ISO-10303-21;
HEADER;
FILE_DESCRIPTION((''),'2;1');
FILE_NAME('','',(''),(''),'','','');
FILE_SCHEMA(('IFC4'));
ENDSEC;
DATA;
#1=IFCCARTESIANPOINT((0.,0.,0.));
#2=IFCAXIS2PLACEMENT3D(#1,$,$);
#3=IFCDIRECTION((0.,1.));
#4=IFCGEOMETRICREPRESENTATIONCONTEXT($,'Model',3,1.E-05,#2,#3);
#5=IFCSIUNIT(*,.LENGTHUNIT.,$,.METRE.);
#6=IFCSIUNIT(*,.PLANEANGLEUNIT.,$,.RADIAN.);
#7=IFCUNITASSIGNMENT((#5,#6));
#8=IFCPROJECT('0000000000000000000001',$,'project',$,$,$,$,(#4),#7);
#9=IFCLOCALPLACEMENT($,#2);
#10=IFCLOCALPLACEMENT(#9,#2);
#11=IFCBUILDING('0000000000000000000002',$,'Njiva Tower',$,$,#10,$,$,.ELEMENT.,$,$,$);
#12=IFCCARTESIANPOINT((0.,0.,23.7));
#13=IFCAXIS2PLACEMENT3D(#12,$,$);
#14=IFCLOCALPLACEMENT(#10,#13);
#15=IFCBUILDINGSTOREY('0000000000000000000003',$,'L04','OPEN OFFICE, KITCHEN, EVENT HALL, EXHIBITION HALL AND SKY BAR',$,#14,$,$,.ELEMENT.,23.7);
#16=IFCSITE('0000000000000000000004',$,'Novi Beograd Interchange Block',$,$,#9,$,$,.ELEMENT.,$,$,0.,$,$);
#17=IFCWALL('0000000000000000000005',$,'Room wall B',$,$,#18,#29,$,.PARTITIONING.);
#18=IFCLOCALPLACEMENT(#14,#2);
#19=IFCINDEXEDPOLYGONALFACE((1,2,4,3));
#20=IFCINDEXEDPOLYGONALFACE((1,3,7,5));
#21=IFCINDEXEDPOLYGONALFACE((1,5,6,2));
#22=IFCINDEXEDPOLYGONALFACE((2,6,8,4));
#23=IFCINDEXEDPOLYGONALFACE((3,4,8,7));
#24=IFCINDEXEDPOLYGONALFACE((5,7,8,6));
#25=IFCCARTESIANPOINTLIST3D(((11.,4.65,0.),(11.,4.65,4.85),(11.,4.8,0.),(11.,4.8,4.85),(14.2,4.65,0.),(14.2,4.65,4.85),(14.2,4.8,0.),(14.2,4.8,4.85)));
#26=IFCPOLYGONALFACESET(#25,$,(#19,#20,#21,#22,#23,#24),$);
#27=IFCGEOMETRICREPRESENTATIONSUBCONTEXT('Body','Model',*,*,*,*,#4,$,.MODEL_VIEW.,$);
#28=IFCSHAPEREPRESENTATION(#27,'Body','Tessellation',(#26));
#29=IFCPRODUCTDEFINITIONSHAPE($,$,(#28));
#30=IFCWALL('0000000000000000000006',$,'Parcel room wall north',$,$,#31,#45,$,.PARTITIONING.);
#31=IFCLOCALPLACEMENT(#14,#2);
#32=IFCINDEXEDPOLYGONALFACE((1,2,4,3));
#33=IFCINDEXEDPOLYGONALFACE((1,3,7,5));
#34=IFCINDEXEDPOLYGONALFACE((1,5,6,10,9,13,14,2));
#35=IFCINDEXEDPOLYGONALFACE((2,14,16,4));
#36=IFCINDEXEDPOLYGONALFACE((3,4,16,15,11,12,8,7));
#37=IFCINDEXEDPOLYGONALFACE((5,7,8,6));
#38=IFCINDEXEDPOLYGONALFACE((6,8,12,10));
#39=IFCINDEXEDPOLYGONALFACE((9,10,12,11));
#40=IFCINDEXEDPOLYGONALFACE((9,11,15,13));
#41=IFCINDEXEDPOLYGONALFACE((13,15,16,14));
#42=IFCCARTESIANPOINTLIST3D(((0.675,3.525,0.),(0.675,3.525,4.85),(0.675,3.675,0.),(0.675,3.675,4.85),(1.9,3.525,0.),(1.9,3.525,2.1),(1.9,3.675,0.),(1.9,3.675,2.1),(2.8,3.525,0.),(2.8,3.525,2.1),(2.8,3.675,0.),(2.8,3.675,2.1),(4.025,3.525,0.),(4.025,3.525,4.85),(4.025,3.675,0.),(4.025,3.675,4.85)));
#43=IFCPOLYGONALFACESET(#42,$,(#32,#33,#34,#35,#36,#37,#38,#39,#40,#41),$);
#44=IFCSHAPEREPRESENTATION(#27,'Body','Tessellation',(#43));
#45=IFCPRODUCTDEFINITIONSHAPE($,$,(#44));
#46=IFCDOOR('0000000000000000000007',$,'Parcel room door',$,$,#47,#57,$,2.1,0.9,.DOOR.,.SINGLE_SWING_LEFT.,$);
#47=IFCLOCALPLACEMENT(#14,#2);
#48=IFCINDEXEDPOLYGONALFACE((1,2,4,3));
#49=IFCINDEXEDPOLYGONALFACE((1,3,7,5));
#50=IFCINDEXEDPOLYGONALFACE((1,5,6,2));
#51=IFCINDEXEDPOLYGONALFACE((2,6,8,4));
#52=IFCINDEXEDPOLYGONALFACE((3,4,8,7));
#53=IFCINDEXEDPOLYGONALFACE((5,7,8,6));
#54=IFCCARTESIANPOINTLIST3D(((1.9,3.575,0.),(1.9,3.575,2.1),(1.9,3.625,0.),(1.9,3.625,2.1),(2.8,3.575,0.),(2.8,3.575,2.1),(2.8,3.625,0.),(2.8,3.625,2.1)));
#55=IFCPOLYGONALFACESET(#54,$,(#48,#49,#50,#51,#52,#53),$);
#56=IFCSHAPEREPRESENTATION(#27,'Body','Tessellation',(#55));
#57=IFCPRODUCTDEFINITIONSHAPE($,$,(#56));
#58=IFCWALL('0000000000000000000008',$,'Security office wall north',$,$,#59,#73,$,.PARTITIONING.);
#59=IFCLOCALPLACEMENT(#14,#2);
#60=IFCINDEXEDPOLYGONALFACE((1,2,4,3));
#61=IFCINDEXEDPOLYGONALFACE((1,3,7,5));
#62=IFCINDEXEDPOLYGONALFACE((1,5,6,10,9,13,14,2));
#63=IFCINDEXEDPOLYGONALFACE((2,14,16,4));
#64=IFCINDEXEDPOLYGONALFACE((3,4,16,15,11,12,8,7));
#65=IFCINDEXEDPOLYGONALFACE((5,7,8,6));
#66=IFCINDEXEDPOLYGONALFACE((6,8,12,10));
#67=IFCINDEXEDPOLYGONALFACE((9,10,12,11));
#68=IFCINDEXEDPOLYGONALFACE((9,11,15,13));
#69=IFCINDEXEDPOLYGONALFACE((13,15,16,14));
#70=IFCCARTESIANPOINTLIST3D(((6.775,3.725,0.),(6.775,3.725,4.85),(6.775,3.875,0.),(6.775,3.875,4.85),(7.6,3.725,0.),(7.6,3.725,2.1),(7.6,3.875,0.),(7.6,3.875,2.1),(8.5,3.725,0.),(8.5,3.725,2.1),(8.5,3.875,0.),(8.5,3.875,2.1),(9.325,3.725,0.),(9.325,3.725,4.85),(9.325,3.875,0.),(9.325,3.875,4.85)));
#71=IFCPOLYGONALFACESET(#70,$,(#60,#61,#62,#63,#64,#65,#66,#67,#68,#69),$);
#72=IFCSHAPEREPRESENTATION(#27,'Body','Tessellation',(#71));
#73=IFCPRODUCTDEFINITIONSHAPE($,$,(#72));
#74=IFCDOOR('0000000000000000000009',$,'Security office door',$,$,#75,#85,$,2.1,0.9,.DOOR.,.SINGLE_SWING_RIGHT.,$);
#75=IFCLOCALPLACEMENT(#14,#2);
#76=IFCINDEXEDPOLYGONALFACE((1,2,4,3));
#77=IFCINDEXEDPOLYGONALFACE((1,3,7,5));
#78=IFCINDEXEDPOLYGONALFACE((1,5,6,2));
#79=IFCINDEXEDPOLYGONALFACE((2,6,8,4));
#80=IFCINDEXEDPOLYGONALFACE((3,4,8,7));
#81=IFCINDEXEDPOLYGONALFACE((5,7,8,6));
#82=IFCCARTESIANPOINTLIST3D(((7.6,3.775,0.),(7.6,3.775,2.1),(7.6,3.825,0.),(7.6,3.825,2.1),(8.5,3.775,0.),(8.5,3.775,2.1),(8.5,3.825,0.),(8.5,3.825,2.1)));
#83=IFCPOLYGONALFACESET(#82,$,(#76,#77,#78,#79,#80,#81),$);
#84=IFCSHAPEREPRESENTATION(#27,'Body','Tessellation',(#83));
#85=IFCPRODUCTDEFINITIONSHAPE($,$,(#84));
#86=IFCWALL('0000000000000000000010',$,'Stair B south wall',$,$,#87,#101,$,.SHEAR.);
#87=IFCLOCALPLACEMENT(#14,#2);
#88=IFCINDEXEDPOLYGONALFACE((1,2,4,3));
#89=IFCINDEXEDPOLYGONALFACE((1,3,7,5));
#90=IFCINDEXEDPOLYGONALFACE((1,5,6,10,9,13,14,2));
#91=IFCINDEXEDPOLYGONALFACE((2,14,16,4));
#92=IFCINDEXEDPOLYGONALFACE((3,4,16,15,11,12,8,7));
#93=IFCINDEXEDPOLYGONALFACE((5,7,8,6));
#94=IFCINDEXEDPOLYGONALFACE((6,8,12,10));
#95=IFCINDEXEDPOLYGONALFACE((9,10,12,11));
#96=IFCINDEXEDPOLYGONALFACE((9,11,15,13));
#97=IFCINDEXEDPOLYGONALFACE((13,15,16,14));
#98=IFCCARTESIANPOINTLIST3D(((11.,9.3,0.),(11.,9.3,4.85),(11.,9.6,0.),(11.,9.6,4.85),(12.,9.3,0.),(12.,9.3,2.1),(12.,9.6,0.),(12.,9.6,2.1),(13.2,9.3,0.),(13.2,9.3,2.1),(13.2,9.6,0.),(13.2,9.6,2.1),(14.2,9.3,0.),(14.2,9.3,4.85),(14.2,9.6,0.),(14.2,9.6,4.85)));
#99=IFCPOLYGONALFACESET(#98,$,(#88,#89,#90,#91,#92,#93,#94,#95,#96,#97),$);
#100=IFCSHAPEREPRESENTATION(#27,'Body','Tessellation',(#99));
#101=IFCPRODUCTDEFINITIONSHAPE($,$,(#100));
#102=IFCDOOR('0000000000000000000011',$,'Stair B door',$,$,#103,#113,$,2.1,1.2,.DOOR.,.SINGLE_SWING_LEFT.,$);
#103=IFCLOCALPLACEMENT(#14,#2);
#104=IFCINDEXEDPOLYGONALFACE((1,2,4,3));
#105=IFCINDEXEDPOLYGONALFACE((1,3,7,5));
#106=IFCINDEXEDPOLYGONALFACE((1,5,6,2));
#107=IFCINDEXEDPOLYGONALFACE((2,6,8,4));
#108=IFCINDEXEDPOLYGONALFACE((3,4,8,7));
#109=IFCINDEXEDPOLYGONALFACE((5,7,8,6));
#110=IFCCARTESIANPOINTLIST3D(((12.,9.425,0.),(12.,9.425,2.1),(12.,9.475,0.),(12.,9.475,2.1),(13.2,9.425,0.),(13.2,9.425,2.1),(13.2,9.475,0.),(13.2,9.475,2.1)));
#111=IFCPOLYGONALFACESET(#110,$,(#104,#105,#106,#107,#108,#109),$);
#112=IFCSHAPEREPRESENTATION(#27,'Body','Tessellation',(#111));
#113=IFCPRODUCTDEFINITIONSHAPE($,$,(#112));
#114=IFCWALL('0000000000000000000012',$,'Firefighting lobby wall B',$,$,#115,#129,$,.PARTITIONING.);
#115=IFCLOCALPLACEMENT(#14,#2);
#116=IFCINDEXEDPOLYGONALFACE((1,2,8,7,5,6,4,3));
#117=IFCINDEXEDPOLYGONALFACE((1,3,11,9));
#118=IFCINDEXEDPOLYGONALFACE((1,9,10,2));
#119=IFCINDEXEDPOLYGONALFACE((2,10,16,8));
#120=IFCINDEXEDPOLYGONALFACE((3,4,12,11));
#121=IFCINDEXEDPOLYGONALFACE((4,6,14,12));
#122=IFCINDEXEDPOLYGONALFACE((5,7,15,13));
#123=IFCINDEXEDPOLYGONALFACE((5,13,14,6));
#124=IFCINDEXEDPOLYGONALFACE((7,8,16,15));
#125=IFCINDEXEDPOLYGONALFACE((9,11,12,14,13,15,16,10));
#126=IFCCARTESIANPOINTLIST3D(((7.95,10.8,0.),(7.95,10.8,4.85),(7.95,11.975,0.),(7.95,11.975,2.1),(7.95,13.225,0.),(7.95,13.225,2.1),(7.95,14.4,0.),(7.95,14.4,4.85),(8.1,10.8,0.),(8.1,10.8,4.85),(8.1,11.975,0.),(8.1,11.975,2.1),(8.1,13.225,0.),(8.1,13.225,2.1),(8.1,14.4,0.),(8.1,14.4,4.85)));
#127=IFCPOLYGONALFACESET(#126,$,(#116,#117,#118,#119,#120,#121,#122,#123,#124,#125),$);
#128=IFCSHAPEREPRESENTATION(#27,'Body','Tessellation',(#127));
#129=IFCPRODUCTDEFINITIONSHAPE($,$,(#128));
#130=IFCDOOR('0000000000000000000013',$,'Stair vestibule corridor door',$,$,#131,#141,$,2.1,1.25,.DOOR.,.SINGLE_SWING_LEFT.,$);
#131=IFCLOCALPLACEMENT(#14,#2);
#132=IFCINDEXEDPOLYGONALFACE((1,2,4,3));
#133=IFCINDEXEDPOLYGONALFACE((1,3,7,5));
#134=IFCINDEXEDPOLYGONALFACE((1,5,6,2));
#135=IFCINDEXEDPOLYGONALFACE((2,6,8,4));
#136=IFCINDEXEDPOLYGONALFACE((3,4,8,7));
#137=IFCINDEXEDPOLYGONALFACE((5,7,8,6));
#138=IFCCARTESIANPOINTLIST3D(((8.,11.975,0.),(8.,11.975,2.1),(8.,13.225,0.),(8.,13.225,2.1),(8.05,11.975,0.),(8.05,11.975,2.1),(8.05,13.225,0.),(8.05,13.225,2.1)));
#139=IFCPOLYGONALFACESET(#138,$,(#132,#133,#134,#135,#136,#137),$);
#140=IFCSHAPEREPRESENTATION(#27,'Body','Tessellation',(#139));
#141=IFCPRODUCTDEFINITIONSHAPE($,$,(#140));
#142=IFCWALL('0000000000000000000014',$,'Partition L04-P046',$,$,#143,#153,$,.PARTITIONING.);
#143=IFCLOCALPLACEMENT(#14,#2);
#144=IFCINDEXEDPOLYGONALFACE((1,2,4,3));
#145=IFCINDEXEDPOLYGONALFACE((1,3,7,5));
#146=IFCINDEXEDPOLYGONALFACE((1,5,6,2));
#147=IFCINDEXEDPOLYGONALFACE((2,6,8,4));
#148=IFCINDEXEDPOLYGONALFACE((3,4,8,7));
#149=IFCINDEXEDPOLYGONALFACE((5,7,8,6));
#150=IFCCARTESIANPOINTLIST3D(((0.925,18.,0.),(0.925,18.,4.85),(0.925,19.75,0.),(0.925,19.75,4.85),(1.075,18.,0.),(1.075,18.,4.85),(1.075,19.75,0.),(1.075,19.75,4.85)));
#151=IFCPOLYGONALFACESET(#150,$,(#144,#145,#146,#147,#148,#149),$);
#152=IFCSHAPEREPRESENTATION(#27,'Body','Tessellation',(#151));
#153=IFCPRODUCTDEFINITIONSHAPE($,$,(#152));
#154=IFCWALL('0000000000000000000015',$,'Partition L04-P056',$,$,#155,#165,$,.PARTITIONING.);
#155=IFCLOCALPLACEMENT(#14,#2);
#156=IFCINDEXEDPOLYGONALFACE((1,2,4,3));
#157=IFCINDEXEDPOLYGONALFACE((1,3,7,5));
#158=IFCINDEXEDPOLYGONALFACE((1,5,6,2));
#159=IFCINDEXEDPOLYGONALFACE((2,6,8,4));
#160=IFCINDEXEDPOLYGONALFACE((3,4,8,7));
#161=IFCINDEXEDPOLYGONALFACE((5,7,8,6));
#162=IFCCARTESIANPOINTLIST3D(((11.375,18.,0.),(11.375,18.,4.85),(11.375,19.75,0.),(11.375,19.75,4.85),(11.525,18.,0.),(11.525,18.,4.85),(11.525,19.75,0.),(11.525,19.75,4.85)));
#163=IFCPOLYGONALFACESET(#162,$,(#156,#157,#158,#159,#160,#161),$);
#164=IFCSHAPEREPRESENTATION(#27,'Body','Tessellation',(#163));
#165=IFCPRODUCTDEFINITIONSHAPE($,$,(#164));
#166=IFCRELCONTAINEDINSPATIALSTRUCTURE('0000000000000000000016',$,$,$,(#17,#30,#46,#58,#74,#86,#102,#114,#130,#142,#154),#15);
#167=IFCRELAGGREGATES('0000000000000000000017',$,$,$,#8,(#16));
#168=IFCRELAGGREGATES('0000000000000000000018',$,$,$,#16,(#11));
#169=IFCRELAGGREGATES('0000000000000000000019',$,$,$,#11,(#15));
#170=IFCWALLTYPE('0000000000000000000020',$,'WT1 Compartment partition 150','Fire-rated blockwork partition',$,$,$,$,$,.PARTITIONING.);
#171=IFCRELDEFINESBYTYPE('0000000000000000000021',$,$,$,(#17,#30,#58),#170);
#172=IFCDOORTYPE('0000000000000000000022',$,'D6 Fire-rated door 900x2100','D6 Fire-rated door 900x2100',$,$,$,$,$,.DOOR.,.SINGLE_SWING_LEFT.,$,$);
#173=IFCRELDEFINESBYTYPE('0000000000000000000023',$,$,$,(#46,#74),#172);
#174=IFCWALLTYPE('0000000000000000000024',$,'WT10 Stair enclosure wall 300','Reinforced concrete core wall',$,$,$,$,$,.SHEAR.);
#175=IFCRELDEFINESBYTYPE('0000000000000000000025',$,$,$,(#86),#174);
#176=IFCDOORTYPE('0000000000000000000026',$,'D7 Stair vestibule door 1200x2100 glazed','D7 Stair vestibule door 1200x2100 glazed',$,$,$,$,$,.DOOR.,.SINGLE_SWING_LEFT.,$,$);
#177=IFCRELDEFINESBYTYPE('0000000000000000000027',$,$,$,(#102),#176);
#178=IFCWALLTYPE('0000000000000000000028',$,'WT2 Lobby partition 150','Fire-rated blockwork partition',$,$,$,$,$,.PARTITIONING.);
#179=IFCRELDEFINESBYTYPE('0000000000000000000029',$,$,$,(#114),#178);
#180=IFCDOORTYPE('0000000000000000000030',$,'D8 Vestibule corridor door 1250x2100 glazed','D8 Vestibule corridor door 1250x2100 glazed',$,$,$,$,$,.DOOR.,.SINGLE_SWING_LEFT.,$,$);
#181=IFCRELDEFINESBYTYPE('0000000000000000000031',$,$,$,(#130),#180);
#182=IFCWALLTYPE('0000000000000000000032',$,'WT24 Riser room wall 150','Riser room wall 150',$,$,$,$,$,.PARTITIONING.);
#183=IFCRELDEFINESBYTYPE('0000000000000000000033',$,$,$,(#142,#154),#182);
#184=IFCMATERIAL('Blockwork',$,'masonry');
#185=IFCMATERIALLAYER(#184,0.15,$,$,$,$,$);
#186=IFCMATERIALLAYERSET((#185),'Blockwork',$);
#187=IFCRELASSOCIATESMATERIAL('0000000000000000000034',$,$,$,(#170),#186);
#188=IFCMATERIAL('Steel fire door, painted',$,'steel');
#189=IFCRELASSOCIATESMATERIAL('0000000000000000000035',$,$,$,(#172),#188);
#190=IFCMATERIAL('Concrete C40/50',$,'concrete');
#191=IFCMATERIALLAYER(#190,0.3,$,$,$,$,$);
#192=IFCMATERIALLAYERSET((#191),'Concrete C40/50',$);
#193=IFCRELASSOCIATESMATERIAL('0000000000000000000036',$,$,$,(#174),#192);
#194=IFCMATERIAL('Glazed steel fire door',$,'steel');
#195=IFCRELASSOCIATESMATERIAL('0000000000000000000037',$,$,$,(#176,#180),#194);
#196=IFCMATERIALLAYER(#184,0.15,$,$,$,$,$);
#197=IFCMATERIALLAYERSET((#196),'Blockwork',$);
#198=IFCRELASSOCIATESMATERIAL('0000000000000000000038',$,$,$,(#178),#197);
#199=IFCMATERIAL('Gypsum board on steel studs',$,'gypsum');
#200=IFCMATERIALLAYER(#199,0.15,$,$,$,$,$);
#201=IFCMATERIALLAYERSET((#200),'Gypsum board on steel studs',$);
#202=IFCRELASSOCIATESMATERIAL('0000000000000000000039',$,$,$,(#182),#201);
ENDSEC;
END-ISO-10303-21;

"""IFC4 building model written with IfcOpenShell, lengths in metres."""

from ifc_helpers import new_model, si_unit, direction, frame, frame_2d, origin, place, context, subcontext, project, spatial, rectangle, extrude, material, layer, layer_set, type_object, element, fill, save


model = new_model("IFC4")

# Units and contexts
model_context = context("Model", 3, precision=1e-05, world=origin(), true_north=direction((0.0, 1.0)))
body_context = subcontext(model_context, "Body", "Model", "MODEL_VIEW")
ifc_project = project(units=[si_unit("LENGTHUNIT", "METRE"), si_unit("PLANEANGLEUNIT", "RADIAN")], contexts=[model_context])

# Site, building, storey
site_placement = place(None, origin())
site = spatial("IfcSite", under=ifc_project, at=site_placement, Name="Novi Beograd Interchange Block", CompositionType="ELEMENT", RefElevation=0.0)
building_placement = place(site_placement, origin())
building = spatial("IfcBuilding", under=site, at=building_placement, Name="Njiva Tower", CompositionType="ELEMENT")
storey_placement = place(building_placement, frame((0.0, 0.0, 23.7)))
storey = spatial("IfcBuildingStorey", under=building, at=storey_placement, Name="L04", Description="OPEN OFFICE, KITCHEN, EVENT HALL, EXHIBITION HALL AND SKY BAR", CompositionType="ELEMENT", Elevation=23.7)

# Wall
ifc_material_1 = material(Name="Blockwork", Category="masonry")
ifc_layer_1 = layer(ifc_material_1, 0.15)
ifc_layer_set_1 = layer_set([ifc_layer_1], Name="Blockwork")
wall_type_1 = type_object("IfcWallType", Name="WT1 Compartment partition 150", Description="Fire-rated blockwork partition", PredefinedType="PARTITIONING", material=ifc_layer_set_1)
wall_1_placement = place(storey_placement, frame((11.0, 4.725, 0.0), z_axis=(0.0, 0.0, 1.0), x_axis=(1.0, 0.0, 0.0)))
element("IfcWall", 1, at=wall_1_placement, inside=storey, type_object=wall_type_1, Name="Room wall B", PredefinedType="PARTITIONING", context=body_context, shape_type="SweptSolid", body=[
    extrude(rectangle(XDim=3.2, YDim=0.15, at=frame_2d((1.6, 0.0))), origin(), (0.0, 0.0, 1.0), 4.85),
])

# Walls, openings, doors
wall_2_placement = place(storey_placement, frame((0.675, 3.6, 0.0), z_axis=(0.0, 0.0, 1.0), x_axis=(1.0, 0.0, 0.0)))
wall_2 = element("IfcWall", 2, at=wall_2_placement, inside=storey, type_object=wall_type_1, Name="Parcel room wall north", PredefinedType="PARTITIONING", context=body_context, shape_type="SweptSolid", body=[
    extrude(rectangle(XDim=3.35, YDim=0.15, at=frame_2d((1.675, 0.0))), origin(), (0.0, 0.0, 1.0), 4.85),
])
opening_1_placement = place(wall_2_placement, frame((1.225, 0.0, 0.0)))
opening_1 = element("IfcOpeningElement", 3, at=opening_1_placement, cuts=wall_2, PredefinedType="OPENING", context=body_context, shape_type="SweptSolid", body=[
    extrude(rectangle(XDim=0.9, YDim=2.1, at=frame_2d((0.45, 1.05))), frame((0.0, 0.085, 0.0), z_axis=(0.0, -1.0, 0.0), x_axis=(1.0, 0.0, 0.0)), (0.0, 0.0, 1.0), 0.17),
])
ifc_material_2 = material(Name="Steel fire door, painted", Category="steel")
door_type_1 = type_object("IfcDoorType", Name="D6 Fire-rated door 900x2100", Description="D6 Fire-rated door 900x2100", OperationType="SINGLE_SWING_LEFT", PredefinedType="DOOR", material=ifc_material_2)
door_1_placement = place(opening_1_placement, origin())
door_1 = element("IfcDoor", 4, at=door_1_placement, inside=storey, type_object=door_type_1, Name="Parcel room door", OperationType="SINGLE_SWING_LEFT", OverallHeight=2.1, OverallWidth=0.9, PredefinedType="DOOR", context=body_context, shape_type="SweptSolid", body=[
    extrude(rectangle(XDim=0.9, YDim=2.1, at=frame_2d((0.45, 1.05))), frame((0.0, 0.025, 0.0), z_axis=(0.0, -1.0, 0.0), x_axis=(1.0, 0.0, 0.0)), (0.0, 0.0, 1.0), 0.05),
])
fill(opening_1, door_1)
wall_3_placement = place(storey_placement, frame((6.775, 3.8, 0.0), z_axis=(0.0, 0.0, 1.0), x_axis=(1.0, 0.0, 0.0)))
wall_3 = element("IfcWall", 5, at=wall_3_placement, inside=storey, type_object=wall_type_1, Name="Security office wall north", PredefinedType="PARTITIONING", context=body_context, shape_type="SweptSolid", body=[
    extrude(rectangle(XDim=2.55, YDim=0.15, at=frame_2d((1.275, 0.0))), origin(), (0.0, 0.0, 1.0), 4.85),
])
opening_2_placement = place(wall_3_placement, frame((0.825, 0.0, 0.0)))
opening_2 = element("IfcOpeningElement", 6, at=opening_2_placement, cuts=wall_3, PredefinedType="OPENING", context=body_context, shape_type="SweptSolid", body=[
    extrude(rectangle(XDim=0.9, YDim=2.1, at=frame_2d((0.45, 1.05))), frame((0.0, 0.085, 0.0), z_axis=(0.0, -1.0, 0.0), x_axis=(1.0, 0.0, 0.0)), (0.0, 0.0, 1.0), 0.17),
])
door_2_placement = place(opening_2_placement, origin())
door_2 = element("IfcDoor", 7, at=door_2_placement, inside=storey, type_object=door_type_1, Name="Security office door", OperationType="SINGLE_SWING_RIGHT", OverallHeight=2.1, OverallWidth=0.9, PredefinedType="DOOR", context=body_context, shape_type="SweptSolid", body=[
    extrude(rectangle(XDim=0.9, YDim=2.1, at=frame_2d((0.45, 1.05))), frame((0.0, 0.025, 0.0), z_axis=(0.0, -1.0, 0.0), x_axis=(1.0, 0.0, 0.0)), (0.0, 0.0, 1.0), 0.05),
])
fill(opening_2, door_2)
ifc_material_3 = material(Name="Concrete C40/50", Category="concrete")
ifc_layer_2 = layer(ifc_material_3, 0.3)
ifc_layer_set_2 = layer_set([ifc_layer_2], Name="Concrete C40/50")
wall_type_2 = type_object("IfcWallType", Name="WT10 Stair enclosure wall 300", Description="Reinforced concrete core wall", PredefinedType="SHEAR", material=ifc_layer_set_2)
wall_4_placement = place(storey_placement, frame((11.0, 9.45, 0.0), z_axis=(0.0, 0.0, 1.0), x_axis=(1.0, 0.0, 0.0)))
wall_4 = element("IfcWall", 8, at=wall_4_placement, inside=storey, type_object=wall_type_2, Name="Stair B south wall", PredefinedType="SHEAR", context=body_context, shape_type="SweptSolid", body=[
    extrude(rectangle(XDim=3.2, YDim=0.3, at=frame_2d((1.6, 0.0))), origin(), (0.0, 0.0, 1.0), 4.85),
])
opening_3_placement = place(wall_4_placement, frame((1.0, 0.0, 0.0)))
opening_3 = element("IfcOpeningElement", 9, at=opening_3_placement, cuts=wall_4, PredefinedType="OPENING", context=body_context, shape_type="SweptSolid", body=[
    extrude(rectangle(XDim=1.2, YDim=2.1, at=frame_2d((0.6, 1.05))), frame((0.0, 0.16, 0.0), z_axis=(0.0, -1.0, 0.0), x_axis=(1.0, 0.0, 0.0)), (0.0, 0.0, 1.0), 0.32),
])
ifc_material_4 = material(Name="Glazed steel fire door", Category="steel")
door_type_2 = type_object("IfcDoorType", Name="D7 Stair vestibule door 1200x2100 glazed", Description="D7 Stair vestibule door 1200x2100 glazed", OperationType="SINGLE_SWING_LEFT", PredefinedType="DOOR", material=ifc_material_4)
door_3_placement = place(opening_3_placement, origin())
door_3 = element("IfcDoor", 10, at=door_3_placement, inside=storey, type_object=door_type_2, Name="Stair B door", OperationType="SINGLE_SWING_LEFT", OverallHeight=2.1, OverallWidth=1.2, PredefinedType="DOOR", context=body_context, shape_type="SweptSolid", body=[
    extrude(rectangle(XDim=1.2, YDim=2.1, at=frame_2d((0.6, 1.05))), frame((0.0, 0.025, 0.0), z_axis=(0.0, -1.0, 0.0), x_axis=(1.0, 0.0, 0.0)), (0.0, 0.0, 1.0), 0.05),
])
fill(opening_3, door_3)
ifc_layer_3 = layer(ifc_material_1, 0.15)
ifc_layer_set_3 = layer_set([ifc_layer_3], Name="Blockwork")
wall_type_3 = type_object("IfcWallType", Name="WT2 Lobby partition 150", Description="Fire-rated blockwork partition", PredefinedType="PARTITIONING", material=ifc_layer_set_3)
wall_5_placement = place(storey_placement, frame((8.025, 10.8, 0.0), z_axis=(0.0, 0.0, 1.0), x_axis=(0.0, 1.0, 0.0)))
wall_5 = element("IfcWall", 11, at=wall_5_placement, inside=storey, type_object=wall_type_3, Name="Firefighting lobby wall B", PredefinedType="PARTITIONING", context=body_context, shape_type="SweptSolid", body=[
    extrude(rectangle(XDim=3.6, YDim=0.15, at=frame_2d((1.8, 0.0))), origin(), (0.0, 0.0, 1.0), 4.85),
])
opening_4_placement = place(wall_5_placement, frame((1.175, 0.0, 0.0)))
opening_4 = element("IfcOpeningElement", 12, at=opening_4_placement, cuts=wall_5, PredefinedType="OPENING", context=body_context, shape_type="SweptSolid", body=[
    extrude(rectangle(XDim=1.25, YDim=2.1, at=frame_2d((0.625, 1.05))), frame((0.0, 0.085, 0.0), z_axis=(0.0, -1.0, 0.0), x_axis=(1.0, 0.0, 0.0)), (0.0, 0.0, 1.0), 0.17),
])
door_type_3 = type_object("IfcDoorType", Name="D8 Vestibule corridor door 1250x2100 glazed", Description="D8 Vestibule corridor door 1250x2100 glazed", OperationType="SINGLE_SWING_LEFT", PredefinedType="DOOR", material=ifc_material_4)
door_4_placement = place(opening_4_placement, origin())
door_4 = element("IfcDoor", 13, at=door_4_placement, inside=storey, type_object=door_type_3, Name="Stair vestibule corridor door", OperationType="SINGLE_SWING_LEFT", OverallHeight=2.1, OverallWidth=1.25, PredefinedType="DOOR", context=body_context, shape_type="SweptSolid", body=[
    extrude(rectangle(XDim=1.25, YDim=2.1, at=frame_2d((0.625, 1.05))), frame((0.0, 0.025, 0.0), z_axis=(0.0, -1.0, 0.0), x_axis=(1.0, 0.0, 0.0)), (0.0, 0.0, 1.0), 0.05),
])
fill(opening_4, door_4)

# Walls
ifc_material_5 = material(Name="Gypsum board on steel studs", Category="gypsum")
ifc_layer_4 = layer(ifc_material_5, 0.15)
ifc_layer_set_4 = layer_set([ifc_layer_4], Name="Gypsum board on steel studs")
wall_type_4 = type_object("IfcWallType", Name="WT24 Riser room wall 150", Description="Riser room wall 150", PredefinedType="PARTITIONING", material=ifc_layer_set_4)
for number, where, z_axis, x_axis, name in (
    (14, (1.0, 18.0, 0.0), (0.0, 0.0, 1.0), (0.0, 1.0, 0.0), "Partition L04-P046"),
    (15, (11.45, 18.0, 0.0), (0.0, 0.0, 1.0), (0.0, 1.0, 0.0), "Partition L04-P056"),
):
    element("IfcWall", number, at=place(storey_placement, frame(where, z_axis=z_axis, x_axis=x_axis)), inside=storey, type_object=wall_type_4, Name=name, PredefinedType="PARTITIONING", context=body_context, shape_type="SweptSolid", body=[
        extrude(rectangle(XDim=1.75, YDim=0.15, at=frame_2d((0.875, 0.0))), origin(), (0.0, 0.0, 1.0), 4.85),
    ])

save(model, "model.ifc")
